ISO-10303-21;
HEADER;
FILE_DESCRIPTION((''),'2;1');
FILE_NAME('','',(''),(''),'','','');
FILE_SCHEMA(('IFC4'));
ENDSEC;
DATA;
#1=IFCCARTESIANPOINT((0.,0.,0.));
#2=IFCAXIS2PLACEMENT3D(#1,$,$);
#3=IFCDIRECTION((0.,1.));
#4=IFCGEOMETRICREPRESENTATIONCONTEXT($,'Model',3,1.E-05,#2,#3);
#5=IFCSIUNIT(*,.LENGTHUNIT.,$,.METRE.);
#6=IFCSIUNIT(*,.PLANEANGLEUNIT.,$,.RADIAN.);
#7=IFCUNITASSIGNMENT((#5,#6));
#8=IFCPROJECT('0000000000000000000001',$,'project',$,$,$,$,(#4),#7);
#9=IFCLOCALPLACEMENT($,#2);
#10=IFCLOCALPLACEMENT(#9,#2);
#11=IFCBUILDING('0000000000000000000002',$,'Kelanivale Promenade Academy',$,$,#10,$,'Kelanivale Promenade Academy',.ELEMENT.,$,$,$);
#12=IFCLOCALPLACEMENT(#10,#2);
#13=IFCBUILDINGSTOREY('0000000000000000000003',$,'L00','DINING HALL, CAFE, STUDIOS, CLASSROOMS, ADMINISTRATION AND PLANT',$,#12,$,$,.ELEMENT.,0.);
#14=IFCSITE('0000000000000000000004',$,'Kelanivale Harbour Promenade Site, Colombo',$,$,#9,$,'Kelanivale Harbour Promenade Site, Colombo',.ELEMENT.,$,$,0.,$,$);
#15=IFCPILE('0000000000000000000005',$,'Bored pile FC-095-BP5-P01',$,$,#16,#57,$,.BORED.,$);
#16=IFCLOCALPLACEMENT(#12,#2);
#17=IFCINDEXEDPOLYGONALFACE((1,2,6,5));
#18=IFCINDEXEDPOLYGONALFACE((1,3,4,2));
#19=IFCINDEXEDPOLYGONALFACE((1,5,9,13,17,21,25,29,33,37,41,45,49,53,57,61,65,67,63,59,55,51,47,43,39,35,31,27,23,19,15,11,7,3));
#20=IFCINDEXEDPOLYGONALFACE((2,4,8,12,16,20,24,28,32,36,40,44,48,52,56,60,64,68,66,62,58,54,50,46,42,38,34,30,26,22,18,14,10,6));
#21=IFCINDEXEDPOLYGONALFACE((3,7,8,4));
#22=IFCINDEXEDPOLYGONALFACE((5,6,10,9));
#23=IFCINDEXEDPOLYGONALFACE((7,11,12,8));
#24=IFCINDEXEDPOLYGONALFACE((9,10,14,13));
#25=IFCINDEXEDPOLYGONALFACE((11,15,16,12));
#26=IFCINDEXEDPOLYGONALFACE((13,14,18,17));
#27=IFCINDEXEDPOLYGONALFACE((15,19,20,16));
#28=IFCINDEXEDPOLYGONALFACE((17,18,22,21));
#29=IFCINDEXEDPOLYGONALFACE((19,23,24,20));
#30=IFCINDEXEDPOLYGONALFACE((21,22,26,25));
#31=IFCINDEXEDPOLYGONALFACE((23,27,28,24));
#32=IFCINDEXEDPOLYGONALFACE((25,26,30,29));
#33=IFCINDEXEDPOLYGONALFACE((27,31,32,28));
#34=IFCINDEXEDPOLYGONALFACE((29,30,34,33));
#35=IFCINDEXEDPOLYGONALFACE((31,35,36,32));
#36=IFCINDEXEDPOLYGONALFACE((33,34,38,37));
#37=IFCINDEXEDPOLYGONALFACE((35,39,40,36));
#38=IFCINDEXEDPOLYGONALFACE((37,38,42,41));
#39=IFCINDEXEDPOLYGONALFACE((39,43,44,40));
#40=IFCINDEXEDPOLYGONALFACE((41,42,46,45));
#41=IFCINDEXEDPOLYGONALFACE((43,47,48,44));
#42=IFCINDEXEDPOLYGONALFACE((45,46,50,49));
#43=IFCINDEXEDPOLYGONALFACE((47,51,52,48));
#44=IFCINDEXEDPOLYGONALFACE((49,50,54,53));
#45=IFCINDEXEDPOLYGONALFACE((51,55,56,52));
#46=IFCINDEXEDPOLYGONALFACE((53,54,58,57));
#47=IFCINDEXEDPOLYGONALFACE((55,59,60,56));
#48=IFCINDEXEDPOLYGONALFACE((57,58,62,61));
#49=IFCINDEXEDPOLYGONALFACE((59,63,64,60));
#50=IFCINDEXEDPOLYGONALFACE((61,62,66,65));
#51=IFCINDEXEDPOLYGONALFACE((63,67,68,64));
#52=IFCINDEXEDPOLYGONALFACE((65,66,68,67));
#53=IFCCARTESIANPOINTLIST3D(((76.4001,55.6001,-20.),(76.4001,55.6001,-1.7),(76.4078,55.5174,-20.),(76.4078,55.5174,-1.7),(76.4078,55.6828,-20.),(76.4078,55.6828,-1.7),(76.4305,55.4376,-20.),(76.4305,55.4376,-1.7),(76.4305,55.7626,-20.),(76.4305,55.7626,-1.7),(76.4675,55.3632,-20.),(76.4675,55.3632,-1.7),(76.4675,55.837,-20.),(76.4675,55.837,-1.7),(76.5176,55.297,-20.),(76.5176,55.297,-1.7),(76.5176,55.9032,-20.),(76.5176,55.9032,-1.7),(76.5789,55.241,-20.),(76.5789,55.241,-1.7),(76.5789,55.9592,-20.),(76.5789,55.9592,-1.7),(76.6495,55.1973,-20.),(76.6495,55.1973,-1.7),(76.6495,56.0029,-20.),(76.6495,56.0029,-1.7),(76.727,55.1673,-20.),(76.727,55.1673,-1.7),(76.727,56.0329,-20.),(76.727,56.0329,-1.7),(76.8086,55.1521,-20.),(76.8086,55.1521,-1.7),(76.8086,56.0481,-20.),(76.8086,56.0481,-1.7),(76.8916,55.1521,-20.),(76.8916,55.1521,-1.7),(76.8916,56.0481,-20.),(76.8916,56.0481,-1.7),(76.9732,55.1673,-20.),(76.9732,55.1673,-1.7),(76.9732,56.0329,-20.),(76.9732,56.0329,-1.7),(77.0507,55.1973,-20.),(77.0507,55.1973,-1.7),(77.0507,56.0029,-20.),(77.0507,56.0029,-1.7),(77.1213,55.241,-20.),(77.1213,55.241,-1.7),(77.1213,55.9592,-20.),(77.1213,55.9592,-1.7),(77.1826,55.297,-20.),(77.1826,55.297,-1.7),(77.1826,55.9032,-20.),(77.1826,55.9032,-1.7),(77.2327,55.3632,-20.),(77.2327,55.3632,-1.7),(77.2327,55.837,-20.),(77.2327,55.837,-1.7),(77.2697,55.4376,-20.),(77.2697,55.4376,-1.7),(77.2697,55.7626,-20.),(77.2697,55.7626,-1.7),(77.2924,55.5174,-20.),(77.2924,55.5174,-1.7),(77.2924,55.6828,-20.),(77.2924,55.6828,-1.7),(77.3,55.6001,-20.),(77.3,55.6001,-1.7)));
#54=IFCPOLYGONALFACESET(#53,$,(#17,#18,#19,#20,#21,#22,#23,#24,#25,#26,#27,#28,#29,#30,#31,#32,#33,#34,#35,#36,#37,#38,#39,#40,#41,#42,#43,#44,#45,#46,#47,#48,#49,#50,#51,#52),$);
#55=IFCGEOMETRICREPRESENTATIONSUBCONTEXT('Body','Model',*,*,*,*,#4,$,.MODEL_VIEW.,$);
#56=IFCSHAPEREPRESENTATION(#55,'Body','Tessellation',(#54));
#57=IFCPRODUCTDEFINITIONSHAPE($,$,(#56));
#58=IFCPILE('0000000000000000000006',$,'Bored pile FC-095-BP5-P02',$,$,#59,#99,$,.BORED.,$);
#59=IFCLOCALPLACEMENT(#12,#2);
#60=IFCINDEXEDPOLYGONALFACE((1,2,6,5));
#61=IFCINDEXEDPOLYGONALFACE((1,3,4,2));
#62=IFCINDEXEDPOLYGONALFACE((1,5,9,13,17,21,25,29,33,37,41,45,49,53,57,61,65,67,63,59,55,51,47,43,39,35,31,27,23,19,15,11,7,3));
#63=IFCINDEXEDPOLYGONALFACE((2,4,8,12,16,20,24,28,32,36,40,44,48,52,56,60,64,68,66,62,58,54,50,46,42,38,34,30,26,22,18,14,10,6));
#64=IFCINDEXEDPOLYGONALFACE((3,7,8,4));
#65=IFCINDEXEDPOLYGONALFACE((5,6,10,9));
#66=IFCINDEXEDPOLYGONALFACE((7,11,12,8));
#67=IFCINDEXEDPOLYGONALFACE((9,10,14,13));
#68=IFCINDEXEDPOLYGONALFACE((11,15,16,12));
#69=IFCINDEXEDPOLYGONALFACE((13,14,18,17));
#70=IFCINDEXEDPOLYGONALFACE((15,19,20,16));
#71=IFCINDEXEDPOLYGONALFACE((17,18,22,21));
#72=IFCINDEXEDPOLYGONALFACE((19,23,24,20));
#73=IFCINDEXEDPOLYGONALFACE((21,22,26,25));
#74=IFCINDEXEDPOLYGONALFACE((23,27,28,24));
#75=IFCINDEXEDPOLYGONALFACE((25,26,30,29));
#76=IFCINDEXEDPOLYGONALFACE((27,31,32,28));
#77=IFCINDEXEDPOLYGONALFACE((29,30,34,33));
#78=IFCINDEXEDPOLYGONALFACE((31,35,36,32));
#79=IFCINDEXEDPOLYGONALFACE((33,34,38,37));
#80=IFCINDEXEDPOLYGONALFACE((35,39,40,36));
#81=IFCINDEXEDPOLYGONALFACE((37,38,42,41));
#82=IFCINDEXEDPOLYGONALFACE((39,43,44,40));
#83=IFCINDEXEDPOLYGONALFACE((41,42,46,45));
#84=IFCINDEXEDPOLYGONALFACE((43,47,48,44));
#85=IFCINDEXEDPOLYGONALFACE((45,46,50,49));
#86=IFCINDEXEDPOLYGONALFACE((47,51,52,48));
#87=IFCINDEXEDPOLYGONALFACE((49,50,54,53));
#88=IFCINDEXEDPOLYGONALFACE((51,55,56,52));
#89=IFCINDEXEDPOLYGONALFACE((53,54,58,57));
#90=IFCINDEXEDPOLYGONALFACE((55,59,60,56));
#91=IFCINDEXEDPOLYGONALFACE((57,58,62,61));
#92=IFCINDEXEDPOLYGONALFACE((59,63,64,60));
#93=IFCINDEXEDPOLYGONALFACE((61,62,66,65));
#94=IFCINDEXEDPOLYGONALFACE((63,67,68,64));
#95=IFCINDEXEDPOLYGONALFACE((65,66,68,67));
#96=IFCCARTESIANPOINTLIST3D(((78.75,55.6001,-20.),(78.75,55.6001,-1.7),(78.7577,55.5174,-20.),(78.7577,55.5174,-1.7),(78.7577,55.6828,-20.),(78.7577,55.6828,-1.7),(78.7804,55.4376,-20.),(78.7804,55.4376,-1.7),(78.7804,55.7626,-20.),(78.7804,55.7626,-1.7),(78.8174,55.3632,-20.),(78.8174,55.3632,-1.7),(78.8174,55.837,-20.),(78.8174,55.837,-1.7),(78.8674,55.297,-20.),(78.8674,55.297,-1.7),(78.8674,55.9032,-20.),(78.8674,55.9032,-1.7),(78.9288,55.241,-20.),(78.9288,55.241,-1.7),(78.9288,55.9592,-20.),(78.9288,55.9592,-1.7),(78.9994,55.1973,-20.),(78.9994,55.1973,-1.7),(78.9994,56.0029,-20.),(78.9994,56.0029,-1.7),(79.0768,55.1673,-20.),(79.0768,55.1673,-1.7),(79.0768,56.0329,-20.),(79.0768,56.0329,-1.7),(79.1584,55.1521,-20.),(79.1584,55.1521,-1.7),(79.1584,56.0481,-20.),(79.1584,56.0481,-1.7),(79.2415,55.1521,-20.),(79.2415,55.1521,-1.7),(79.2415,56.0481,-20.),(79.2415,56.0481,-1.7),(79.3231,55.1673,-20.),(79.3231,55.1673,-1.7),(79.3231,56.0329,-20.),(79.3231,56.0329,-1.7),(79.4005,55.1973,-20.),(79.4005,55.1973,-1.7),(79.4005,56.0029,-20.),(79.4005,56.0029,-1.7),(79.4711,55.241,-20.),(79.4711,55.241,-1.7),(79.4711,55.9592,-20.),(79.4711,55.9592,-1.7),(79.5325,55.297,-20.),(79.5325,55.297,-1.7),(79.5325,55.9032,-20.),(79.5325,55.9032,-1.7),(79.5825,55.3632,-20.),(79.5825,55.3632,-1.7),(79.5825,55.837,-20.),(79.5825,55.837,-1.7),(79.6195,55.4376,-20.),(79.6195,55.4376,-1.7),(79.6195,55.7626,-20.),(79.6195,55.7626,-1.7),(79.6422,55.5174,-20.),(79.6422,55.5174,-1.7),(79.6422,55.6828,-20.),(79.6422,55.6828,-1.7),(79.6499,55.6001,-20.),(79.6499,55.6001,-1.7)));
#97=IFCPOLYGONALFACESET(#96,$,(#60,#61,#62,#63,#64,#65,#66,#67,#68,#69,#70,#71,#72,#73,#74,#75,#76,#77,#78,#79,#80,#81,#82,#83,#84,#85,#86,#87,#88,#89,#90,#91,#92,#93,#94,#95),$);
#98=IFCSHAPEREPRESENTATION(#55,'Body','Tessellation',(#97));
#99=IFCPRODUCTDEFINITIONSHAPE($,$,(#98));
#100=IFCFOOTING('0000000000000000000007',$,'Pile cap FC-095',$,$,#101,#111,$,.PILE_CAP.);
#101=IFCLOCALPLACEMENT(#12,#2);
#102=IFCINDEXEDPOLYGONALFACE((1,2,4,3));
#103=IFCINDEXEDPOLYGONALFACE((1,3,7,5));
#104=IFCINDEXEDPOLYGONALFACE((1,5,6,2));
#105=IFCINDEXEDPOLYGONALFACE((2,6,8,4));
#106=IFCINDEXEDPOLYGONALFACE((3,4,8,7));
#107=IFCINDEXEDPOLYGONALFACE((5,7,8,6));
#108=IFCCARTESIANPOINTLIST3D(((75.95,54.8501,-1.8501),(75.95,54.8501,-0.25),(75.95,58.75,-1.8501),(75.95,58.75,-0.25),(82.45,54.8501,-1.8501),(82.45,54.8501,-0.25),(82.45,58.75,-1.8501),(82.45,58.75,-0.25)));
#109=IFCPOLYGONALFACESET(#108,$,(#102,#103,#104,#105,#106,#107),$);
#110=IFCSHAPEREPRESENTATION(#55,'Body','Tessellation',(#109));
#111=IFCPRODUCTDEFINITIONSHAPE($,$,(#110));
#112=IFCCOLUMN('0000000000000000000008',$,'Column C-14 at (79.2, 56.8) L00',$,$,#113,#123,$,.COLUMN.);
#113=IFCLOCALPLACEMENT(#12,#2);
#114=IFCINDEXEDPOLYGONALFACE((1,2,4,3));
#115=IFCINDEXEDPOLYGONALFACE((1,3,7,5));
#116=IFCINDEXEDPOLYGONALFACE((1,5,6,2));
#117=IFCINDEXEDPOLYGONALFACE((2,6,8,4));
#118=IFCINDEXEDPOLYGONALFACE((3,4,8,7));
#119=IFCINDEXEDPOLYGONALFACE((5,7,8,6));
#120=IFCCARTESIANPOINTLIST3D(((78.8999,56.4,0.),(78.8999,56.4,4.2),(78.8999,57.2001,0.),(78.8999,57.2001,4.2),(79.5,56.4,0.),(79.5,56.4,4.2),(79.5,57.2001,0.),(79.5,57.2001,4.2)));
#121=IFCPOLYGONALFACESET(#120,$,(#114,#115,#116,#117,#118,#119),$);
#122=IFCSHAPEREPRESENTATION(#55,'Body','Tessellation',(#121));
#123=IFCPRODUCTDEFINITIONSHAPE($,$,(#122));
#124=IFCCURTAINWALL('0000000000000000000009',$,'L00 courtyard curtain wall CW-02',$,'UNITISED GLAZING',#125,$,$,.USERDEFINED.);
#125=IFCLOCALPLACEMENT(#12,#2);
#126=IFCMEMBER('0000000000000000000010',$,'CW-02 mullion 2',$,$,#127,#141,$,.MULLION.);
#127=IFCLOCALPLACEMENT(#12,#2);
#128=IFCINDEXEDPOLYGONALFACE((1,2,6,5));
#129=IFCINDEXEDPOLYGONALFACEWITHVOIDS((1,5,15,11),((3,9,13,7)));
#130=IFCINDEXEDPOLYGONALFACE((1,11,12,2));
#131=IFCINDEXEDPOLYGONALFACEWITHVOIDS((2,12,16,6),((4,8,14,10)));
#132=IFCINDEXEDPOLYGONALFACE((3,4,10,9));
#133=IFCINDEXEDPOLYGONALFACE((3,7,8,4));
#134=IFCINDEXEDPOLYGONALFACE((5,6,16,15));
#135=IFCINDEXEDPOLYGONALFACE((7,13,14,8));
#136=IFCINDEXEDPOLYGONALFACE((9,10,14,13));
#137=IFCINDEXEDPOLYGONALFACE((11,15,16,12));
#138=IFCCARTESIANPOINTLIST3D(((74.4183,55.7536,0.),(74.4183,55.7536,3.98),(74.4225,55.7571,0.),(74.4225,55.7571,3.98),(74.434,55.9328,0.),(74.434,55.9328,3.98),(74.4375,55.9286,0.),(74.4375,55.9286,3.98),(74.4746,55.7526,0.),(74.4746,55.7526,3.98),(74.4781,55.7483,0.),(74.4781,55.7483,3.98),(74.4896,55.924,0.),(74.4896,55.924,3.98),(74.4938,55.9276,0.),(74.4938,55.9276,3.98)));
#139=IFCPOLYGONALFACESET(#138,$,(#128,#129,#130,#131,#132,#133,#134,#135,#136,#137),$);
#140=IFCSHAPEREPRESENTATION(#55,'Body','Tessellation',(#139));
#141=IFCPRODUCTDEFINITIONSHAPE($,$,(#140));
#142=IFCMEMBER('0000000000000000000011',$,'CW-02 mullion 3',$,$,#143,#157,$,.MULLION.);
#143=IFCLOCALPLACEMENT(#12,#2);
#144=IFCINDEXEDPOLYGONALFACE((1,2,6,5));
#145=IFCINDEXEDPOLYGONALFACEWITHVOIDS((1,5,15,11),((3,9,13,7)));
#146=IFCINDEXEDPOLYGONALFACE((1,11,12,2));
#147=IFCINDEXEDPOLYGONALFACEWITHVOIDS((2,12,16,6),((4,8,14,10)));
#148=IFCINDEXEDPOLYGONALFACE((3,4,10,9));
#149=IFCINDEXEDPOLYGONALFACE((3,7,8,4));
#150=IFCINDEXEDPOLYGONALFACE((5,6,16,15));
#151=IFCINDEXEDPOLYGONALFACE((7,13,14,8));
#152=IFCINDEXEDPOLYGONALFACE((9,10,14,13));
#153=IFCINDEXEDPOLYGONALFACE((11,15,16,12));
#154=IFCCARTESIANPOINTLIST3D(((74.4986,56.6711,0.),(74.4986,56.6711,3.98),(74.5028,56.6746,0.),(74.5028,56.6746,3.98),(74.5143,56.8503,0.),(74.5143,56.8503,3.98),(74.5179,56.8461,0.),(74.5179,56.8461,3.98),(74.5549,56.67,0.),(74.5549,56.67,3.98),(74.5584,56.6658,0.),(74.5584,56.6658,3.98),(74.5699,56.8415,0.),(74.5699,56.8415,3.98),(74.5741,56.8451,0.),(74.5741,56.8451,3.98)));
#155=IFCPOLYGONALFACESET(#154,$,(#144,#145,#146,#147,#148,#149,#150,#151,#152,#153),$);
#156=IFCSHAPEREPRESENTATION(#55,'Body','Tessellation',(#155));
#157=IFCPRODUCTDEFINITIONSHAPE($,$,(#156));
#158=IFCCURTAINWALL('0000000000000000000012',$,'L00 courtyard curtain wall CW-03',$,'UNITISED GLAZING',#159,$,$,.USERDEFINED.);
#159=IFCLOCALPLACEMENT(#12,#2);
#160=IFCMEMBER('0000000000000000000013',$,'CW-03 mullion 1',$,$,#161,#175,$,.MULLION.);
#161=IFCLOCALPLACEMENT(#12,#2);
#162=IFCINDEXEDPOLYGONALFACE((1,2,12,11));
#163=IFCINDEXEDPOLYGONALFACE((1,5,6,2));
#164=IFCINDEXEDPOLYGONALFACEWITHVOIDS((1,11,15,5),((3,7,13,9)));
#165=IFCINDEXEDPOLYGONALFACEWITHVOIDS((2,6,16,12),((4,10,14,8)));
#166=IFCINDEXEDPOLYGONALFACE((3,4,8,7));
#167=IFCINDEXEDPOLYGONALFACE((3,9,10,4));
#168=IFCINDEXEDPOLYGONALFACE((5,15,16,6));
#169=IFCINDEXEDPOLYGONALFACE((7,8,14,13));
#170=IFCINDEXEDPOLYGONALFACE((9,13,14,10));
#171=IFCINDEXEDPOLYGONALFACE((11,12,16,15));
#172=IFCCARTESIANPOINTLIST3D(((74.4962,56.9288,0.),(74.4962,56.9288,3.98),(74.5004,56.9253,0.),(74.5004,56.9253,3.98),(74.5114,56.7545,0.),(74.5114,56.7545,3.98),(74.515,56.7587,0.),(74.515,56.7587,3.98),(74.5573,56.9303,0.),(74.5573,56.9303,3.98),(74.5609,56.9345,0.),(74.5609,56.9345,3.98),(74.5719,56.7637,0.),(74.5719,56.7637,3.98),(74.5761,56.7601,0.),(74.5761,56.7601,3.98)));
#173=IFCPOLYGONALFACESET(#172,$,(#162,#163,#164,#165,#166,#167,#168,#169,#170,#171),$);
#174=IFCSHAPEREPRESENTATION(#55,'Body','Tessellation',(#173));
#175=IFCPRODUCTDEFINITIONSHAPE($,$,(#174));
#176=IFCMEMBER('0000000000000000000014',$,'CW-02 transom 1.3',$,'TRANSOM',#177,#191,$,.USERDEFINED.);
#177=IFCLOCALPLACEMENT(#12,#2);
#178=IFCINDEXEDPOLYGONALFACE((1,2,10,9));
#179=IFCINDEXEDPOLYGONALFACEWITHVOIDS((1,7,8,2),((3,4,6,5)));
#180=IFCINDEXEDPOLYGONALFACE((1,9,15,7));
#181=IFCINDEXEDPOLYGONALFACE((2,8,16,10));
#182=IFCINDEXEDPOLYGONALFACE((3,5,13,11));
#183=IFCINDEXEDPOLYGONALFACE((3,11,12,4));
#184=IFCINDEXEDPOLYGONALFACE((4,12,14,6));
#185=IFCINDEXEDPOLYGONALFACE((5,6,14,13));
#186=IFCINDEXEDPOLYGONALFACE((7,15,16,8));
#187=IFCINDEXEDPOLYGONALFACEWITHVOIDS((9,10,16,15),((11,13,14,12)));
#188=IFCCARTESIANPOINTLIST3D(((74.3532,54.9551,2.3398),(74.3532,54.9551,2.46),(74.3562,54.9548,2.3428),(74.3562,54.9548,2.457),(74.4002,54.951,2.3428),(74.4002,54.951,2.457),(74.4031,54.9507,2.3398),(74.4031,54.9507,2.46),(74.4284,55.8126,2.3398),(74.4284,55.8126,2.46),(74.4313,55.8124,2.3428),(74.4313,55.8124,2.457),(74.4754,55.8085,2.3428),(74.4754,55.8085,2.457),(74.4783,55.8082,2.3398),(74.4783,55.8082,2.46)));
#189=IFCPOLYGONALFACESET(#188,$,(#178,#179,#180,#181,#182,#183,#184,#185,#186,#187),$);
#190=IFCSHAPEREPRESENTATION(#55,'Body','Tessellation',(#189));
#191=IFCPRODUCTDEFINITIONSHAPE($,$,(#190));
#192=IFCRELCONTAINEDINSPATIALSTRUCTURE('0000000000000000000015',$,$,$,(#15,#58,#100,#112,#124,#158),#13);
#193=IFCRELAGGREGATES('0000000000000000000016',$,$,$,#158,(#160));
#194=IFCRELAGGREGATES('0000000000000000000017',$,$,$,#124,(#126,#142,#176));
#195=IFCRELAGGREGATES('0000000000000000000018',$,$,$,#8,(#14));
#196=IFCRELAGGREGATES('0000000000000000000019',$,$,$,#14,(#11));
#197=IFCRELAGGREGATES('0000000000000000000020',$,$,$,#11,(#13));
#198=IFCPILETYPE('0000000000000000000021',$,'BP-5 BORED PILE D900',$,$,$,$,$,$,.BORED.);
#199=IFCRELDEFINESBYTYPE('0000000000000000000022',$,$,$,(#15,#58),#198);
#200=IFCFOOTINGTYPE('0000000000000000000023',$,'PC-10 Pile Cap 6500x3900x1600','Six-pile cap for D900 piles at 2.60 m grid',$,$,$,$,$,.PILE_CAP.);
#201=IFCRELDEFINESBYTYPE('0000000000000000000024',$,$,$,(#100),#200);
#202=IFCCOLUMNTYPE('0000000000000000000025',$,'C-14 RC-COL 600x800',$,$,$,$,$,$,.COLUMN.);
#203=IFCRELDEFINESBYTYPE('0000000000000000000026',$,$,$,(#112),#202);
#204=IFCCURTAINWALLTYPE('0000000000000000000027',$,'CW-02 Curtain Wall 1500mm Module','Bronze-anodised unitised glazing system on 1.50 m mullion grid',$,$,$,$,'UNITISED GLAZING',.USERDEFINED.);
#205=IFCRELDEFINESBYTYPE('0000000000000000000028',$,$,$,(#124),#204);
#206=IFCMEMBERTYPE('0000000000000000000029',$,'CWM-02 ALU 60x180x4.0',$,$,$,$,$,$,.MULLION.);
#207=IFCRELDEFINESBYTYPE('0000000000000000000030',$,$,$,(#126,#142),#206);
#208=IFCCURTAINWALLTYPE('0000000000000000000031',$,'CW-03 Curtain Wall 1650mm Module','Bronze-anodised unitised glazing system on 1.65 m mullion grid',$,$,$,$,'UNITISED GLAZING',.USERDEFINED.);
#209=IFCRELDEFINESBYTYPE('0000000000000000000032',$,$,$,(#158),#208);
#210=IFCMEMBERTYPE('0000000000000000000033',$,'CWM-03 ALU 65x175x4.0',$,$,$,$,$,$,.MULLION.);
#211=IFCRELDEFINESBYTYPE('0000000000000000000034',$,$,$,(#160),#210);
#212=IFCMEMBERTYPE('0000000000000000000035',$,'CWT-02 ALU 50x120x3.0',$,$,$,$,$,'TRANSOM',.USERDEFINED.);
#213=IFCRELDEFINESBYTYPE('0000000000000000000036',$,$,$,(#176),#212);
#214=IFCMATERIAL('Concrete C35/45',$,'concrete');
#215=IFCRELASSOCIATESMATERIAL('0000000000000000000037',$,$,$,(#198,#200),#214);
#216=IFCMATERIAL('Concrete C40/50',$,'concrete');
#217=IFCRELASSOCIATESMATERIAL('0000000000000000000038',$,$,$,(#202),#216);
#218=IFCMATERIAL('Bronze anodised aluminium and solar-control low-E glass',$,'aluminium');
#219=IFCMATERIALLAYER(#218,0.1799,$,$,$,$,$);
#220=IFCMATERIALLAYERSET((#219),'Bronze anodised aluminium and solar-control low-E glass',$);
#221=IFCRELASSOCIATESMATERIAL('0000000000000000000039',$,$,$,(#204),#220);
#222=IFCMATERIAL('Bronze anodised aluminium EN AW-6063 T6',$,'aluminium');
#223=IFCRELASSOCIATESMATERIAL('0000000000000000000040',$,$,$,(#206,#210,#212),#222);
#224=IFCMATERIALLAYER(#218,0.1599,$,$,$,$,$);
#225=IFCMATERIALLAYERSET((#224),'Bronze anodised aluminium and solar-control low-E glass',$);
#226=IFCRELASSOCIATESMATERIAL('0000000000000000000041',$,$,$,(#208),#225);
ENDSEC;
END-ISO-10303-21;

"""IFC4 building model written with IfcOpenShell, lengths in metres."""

from ifc_helpers import new_model, si_unit, direction, frame, origin, origin_2d, place, context, subcontext, project, spatial, rectangle, hollow_rectangle, circle, extrude, material, layer, layer_set, material_profile, profile_set, type_object, element, aggregate, save


model = new_model("IFC4")

# Units and contexts
model_context = context("Model", 3, precision=1e-05, world=origin(), true_north=direction((0.0, 1.0)))
body_context = subcontext(model_context, "Body", "Model", "MODEL_VIEW")
ifc_project = project(units=[si_unit("LENGTHUNIT", "METRE"), si_unit("PLANEANGLEUNIT", "RADIAN")], contexts=[model_context])

# Site, building, storey
site_placement = place(None, origin())
site = spatial("IfcSite", under=ifc_project, at=site_placement, Name="Kelanivale Harbour Promenade Site, Colombo", LongName="Kelanivale Harbour Promenade Site, Colombo", CompositionType="ELEMENT", RefElevation=0.0)
building_placement = place(site_placement, origin())
building = spatial("IfcBuilding", under=site, at=building_placement, Name="Kelanivale Promenade Academy", LongName="Kelanivale Promenade Academy", CompositionType="ELEMENT")
storey_placement = place(building_placement, origin())
storey = spatial("IfcBuildingStorey", under=building, at=storey_placement, Name="L00", Description="DINING HALL, CAFE, STUDIOS, CLASSROOMS, ADMINISTRATION AND PLANT", CompositionType="ELEMENT", Elevation=0.0)

# Piles
ifc_material_1 = material(Name="Concrete C35/45", Category="concrete")
ifc_material_profile_1 = material_profile(ifc_material_1, circle(Radius=0.45, at=origin_2d()), Name="BORED PILE D900")
ifc_profile_set_1 = profile_set([ifc_material_profile_1], Name="Concrete C35/45")
pile_type = type_object("IfcPileType", Name="BP-5 BORED PILE D900", PredefinedType="BORED", material=ifc_profile_set_1)
for number, where, z_axis, x_axis, name in (
    (1, (76.8501, 55.6001, -1.7), (0.0, 0.0, -1.0), (1.0, 0.0, 0.0), "Bored pile FC-095-BP5-P01"),
    (2, (79.2, 55.6001, -1.7), (0.0, 0.0, -1.0), (1.0, 0.0, 0.0), "Bored pile FC-095-BP5-P02"),
):
    element("IfcPile", number, at=place(storey_placement, frame(where, z_axis=z_axis, x_axis=x_axis)), inside=storey, type_object=pile_type, Name=name, PredefinedType="BORED", context=body_context, shape_type="SweptSolid", body=[
        extrude(circle(Radius=0.45, at=origin_2d()), origin(), (0.0, 0.0, 1.0), 18.3),
    ])

# Footing
footing_type = type_object("IfcFootingType", Name="PC-10 Pile Cap 6500x3900x1600", Description="Six-pile cap for D900 piles at 2.60 m grid", PredefinedType="PILE_CAP", material=ifc_material_1)
footing_placement = place(storey_placement, frame((79.2, 56.8, -1.8501), z_axis=(0.0, 0.0, 1.0), x_axis=(1.0, 0.0, 0.0)))
element("IfcFooting", 3, at=footing_placement, inside=storey, type_object=footing_type, Name="Pile cap FC-095", PredefinedType="PILE_CAP", context=body_context, shape_type="SweptSolid", body=[
    extrude(rectangle(XDim=6.5, YDim=3.8999, at=origin_2d()), origin(), (0.0, 0.0, 1.0), 1.6001),
])

# Column
ifc_material_2 = material(Name="Concrete C40/50", Category="concrete")
ifc_material_profile_2 = material_profile(ifc_material_2, rectangle(XDim=0.6001, YDim=0.8, at=origin_2d()), Name="RC-COL 600x800")
ifc_profile_set_2 = profile_set([ifc_material_profile_2], Name="Concrete C40/50")
column_type = type_object("IfcColumnType", Name="C-14 RC-COL 600x800", PredefinedType="COLUMN", material=ifc_profile_set_2)
column_placement = place(storey_placement, frame((79.2, 56.8, 0.0), z_axis=(0.0, 0.0, 1.0), x_axis=(1.0, 0.0, 0.0)))
element("IfcColumn", 4, at=column_placement, inside=storey, type_object=column_type, Name="Column C-14 at (79.2, 56.8) L00", PredefinedType="COLUMN", context=body_context, shape_type="SweptSolid", body=[
    extrude(rectangle(XDim=0.6001, YDim=0.8, at=origin_2d()), origin(), (0.0, 0.0, 1.0), 4.2),
])

# Curtain wall, members
ifc_material_3 = material(Name="Bronze anodised aluminium and solar-control low-E glass", Category="aluminium")
ifc_layer_1 = layer(ifc_material_3, 0.1799)
ifc_layer_set_1 = layer_set([ifc_layer_1], Name="Bronze anodised aluminium and solar-control low-E glass")
curtain_wall_type_1 = type_object("IfcCurtainWallType", Name="CW-02 Curtain Wall 1500mm Module", Description="Bronze-anodised unitised glazing system on 1.50 m mullion grid", ElementType="UNITISED GLAZING", PredefinedType="USERDEFINED", material=ifc_layer_set_1)
curtain_wall_1_placement = place(storey_placement, origin())
curtain_wall_1 = element("IfcCurtainWall", 5, at=curtain_wall_1_placement, inside=storey, type_object=curtain_wall_type_1, Name="L00 courtyard curtain wall CW-02", ObjectType="UNITISED GLAZING", PredefinedType="USERDEFINED")
ifc_material_4 = material(Name="Bronze anodised aluminium EN AW-6063 T6", Category="aluminium")
ifc_material_profile_3 = material_profile(ifc_material_4, hollow_rectangle(XDim=0.0601, YDim=0.1799, WallThickness=0.0039, at=origin_2d()), Name="ALU 60x180x4.0")
ifc_profile_set_3 = profile_set([ifc_material_profile_3], Name="Bronze anodised aluminium EN AW-6063 T6")
member_type_1 = type_object("IfcMemberType", Name="CWM-02 ALU 60x180x4.0", PredefinedType="MULLION", material=ifc_profile_set_3)
member_1_placement = place(storey_placement, frame((74.4561, 55.8406, 0.0), z_axis=(0.0, 0.0, 1.0), x_axis=(-0.996185, 0.087265, 0.0)))
member_1 = element("IfcMember", 6, at=member_1_placement, type_object=member_type_1, Name="CW-02 mullion 2", PredefinedType="MULLION", context=body_context, shape_type="SweptSolid", body=[
    extrude(hollow_rectangle(XDim=0.0601, YDim=0.1799, WallThickness=0.0039, at=origin_2d()), origin(), (0.0, 0.0, 1.0), 3.98),
])
member_2_placement = place(storey_placement, frame((74.5364, 56.7581, 0.0), z_axis=(0.0, 0.0, 1.0), x_axis=(-0.996185, 0.087265, 0.0)))
member_2 = element("IfcMember", 7, at=member_2_placement, type_object=member_type_1, Name="CW-02 mullion 3", PredefinedType="MULLION", context=body_context, shape_type="SweptSolid", body=[
    extrude(hollow_rectangle(XDim=0.0601, YDim=0.1799, WallThickness=0.0039, at=origin_2d()), origin(), (0.0, 0.0, 1.0), 3.98),
])

# Curtain wall, member
ifc_layer_2 = layer(ifc_material_3, 0.1599)
ifc_layer_set_2 = layer_set([ifc_layer_2], Name="Bronze anodised aluminium and solar-control low-E glass")
curtain_wall_type_2 = type_object("IfcCurtainWallType", Name="CW-03 Curtain Wall 1650mm Module", Description="Bronze-anodised unitised glazing system on 1.65 m mullion grid", ElementType="UNITISED GLAZING", PredefinedType="USERDEFINED", material=ifc_layer_set_2)
curtain_wall_2_placement = place(storey_placement, origin())
curtain_wall_2 = element("IfcCurtainWall", 8, at=curtain_wall_2_placement, inside=storey, type_object=curtain_wall_type_2, Name="L00 courtyard curtain wall CW-03", ObjectType="UNITISED GLAZING", PredefinedType="USERDEFINED")
ifc_material_profile_4 = material_profile(ifc_material_4, hollow_rectangle(XDim=0.0649, YDim=0.175, WallThickness=0.0039, at=origin_2d()), Name="ALU 65x175x4.0")
ifc_profile_set_4 = profile_set([ifc_material_profile_4], Name="Bronze anodised aluminium EN AW-6063 T6")
member_type_2 = type_object("IfcMemberType", Name="CWM-03 ALU 65x175x4.0", PredefinedType="MULLION", material=ifc_profile_set_4)
member_3_placement = place(storey_placement, frame((74.5361, 56.8445, 0.0), z_axis=(0.0, 0.0, 1.0), x_axis=(-0.996199, -0.087102, 0.0)))
member_3 = element("IfcMember", 9, at=member_3_placement, type_object=member_type_2, Name="CW-03 mullion 1", PredefinedType="MULLION", context=body_context, shape_type="SweptSolid", body=[
    extrude(hollow_rectangle(XDim=0.0649, YDim=0.175, WallThickness=0.0039, at=origin_2d()), origin(), (0.0, 0.0, 1.0), 3.98),
])

# Member
ifc_material_profile_5 = material_profile(ifc_material_4, hollow_rectangle(XDim=0.05, YDim=0.1201, WallThickness=0.0029, at=origin_2d()), Name="ALU 50x120x3.0")
ifc_profile_set_5 = profile_set([ifc_material_profile_5], Name="Bronze anodised aluminium EN AW-6063 T6")
member_type_3 = type_object("IfcMemberType", Name="CWT-02 ALU 50x120x3.0", ElementType="TRANSOM", PredefinedType="USERDEFINED", material=ifc_profile_set_5)
member_4_placement = place(storey_placement, frame((74.3782, 54.9529, 2.3999), z_axis=(0.087339, 0.996179, 0.0), x_axis=(-0.996179, 0.087339, 0.0)))
member_4 = element("IfcMember", 10, at=member_4_placement, type_object=member_type_3, Name="CW-02 transom 1.3", ObjectType="TRANSOM", PredefinedType="USERDEFINED", context=body_context, shape_type="SweptSolid", body=[
    extrude(hollow_rectangle(XDim=0.05, YDim=0.1201, WallThickness=0.0029, at=origin_2d()), origin(), (0.0, 0.0, 1.0), 0.8608),
])
aggregate(curtain_wall_2, [member_3])

aggregate(curtain_wall_1, [member_1, member_2, member_4])

save(model, "model.ifc")
